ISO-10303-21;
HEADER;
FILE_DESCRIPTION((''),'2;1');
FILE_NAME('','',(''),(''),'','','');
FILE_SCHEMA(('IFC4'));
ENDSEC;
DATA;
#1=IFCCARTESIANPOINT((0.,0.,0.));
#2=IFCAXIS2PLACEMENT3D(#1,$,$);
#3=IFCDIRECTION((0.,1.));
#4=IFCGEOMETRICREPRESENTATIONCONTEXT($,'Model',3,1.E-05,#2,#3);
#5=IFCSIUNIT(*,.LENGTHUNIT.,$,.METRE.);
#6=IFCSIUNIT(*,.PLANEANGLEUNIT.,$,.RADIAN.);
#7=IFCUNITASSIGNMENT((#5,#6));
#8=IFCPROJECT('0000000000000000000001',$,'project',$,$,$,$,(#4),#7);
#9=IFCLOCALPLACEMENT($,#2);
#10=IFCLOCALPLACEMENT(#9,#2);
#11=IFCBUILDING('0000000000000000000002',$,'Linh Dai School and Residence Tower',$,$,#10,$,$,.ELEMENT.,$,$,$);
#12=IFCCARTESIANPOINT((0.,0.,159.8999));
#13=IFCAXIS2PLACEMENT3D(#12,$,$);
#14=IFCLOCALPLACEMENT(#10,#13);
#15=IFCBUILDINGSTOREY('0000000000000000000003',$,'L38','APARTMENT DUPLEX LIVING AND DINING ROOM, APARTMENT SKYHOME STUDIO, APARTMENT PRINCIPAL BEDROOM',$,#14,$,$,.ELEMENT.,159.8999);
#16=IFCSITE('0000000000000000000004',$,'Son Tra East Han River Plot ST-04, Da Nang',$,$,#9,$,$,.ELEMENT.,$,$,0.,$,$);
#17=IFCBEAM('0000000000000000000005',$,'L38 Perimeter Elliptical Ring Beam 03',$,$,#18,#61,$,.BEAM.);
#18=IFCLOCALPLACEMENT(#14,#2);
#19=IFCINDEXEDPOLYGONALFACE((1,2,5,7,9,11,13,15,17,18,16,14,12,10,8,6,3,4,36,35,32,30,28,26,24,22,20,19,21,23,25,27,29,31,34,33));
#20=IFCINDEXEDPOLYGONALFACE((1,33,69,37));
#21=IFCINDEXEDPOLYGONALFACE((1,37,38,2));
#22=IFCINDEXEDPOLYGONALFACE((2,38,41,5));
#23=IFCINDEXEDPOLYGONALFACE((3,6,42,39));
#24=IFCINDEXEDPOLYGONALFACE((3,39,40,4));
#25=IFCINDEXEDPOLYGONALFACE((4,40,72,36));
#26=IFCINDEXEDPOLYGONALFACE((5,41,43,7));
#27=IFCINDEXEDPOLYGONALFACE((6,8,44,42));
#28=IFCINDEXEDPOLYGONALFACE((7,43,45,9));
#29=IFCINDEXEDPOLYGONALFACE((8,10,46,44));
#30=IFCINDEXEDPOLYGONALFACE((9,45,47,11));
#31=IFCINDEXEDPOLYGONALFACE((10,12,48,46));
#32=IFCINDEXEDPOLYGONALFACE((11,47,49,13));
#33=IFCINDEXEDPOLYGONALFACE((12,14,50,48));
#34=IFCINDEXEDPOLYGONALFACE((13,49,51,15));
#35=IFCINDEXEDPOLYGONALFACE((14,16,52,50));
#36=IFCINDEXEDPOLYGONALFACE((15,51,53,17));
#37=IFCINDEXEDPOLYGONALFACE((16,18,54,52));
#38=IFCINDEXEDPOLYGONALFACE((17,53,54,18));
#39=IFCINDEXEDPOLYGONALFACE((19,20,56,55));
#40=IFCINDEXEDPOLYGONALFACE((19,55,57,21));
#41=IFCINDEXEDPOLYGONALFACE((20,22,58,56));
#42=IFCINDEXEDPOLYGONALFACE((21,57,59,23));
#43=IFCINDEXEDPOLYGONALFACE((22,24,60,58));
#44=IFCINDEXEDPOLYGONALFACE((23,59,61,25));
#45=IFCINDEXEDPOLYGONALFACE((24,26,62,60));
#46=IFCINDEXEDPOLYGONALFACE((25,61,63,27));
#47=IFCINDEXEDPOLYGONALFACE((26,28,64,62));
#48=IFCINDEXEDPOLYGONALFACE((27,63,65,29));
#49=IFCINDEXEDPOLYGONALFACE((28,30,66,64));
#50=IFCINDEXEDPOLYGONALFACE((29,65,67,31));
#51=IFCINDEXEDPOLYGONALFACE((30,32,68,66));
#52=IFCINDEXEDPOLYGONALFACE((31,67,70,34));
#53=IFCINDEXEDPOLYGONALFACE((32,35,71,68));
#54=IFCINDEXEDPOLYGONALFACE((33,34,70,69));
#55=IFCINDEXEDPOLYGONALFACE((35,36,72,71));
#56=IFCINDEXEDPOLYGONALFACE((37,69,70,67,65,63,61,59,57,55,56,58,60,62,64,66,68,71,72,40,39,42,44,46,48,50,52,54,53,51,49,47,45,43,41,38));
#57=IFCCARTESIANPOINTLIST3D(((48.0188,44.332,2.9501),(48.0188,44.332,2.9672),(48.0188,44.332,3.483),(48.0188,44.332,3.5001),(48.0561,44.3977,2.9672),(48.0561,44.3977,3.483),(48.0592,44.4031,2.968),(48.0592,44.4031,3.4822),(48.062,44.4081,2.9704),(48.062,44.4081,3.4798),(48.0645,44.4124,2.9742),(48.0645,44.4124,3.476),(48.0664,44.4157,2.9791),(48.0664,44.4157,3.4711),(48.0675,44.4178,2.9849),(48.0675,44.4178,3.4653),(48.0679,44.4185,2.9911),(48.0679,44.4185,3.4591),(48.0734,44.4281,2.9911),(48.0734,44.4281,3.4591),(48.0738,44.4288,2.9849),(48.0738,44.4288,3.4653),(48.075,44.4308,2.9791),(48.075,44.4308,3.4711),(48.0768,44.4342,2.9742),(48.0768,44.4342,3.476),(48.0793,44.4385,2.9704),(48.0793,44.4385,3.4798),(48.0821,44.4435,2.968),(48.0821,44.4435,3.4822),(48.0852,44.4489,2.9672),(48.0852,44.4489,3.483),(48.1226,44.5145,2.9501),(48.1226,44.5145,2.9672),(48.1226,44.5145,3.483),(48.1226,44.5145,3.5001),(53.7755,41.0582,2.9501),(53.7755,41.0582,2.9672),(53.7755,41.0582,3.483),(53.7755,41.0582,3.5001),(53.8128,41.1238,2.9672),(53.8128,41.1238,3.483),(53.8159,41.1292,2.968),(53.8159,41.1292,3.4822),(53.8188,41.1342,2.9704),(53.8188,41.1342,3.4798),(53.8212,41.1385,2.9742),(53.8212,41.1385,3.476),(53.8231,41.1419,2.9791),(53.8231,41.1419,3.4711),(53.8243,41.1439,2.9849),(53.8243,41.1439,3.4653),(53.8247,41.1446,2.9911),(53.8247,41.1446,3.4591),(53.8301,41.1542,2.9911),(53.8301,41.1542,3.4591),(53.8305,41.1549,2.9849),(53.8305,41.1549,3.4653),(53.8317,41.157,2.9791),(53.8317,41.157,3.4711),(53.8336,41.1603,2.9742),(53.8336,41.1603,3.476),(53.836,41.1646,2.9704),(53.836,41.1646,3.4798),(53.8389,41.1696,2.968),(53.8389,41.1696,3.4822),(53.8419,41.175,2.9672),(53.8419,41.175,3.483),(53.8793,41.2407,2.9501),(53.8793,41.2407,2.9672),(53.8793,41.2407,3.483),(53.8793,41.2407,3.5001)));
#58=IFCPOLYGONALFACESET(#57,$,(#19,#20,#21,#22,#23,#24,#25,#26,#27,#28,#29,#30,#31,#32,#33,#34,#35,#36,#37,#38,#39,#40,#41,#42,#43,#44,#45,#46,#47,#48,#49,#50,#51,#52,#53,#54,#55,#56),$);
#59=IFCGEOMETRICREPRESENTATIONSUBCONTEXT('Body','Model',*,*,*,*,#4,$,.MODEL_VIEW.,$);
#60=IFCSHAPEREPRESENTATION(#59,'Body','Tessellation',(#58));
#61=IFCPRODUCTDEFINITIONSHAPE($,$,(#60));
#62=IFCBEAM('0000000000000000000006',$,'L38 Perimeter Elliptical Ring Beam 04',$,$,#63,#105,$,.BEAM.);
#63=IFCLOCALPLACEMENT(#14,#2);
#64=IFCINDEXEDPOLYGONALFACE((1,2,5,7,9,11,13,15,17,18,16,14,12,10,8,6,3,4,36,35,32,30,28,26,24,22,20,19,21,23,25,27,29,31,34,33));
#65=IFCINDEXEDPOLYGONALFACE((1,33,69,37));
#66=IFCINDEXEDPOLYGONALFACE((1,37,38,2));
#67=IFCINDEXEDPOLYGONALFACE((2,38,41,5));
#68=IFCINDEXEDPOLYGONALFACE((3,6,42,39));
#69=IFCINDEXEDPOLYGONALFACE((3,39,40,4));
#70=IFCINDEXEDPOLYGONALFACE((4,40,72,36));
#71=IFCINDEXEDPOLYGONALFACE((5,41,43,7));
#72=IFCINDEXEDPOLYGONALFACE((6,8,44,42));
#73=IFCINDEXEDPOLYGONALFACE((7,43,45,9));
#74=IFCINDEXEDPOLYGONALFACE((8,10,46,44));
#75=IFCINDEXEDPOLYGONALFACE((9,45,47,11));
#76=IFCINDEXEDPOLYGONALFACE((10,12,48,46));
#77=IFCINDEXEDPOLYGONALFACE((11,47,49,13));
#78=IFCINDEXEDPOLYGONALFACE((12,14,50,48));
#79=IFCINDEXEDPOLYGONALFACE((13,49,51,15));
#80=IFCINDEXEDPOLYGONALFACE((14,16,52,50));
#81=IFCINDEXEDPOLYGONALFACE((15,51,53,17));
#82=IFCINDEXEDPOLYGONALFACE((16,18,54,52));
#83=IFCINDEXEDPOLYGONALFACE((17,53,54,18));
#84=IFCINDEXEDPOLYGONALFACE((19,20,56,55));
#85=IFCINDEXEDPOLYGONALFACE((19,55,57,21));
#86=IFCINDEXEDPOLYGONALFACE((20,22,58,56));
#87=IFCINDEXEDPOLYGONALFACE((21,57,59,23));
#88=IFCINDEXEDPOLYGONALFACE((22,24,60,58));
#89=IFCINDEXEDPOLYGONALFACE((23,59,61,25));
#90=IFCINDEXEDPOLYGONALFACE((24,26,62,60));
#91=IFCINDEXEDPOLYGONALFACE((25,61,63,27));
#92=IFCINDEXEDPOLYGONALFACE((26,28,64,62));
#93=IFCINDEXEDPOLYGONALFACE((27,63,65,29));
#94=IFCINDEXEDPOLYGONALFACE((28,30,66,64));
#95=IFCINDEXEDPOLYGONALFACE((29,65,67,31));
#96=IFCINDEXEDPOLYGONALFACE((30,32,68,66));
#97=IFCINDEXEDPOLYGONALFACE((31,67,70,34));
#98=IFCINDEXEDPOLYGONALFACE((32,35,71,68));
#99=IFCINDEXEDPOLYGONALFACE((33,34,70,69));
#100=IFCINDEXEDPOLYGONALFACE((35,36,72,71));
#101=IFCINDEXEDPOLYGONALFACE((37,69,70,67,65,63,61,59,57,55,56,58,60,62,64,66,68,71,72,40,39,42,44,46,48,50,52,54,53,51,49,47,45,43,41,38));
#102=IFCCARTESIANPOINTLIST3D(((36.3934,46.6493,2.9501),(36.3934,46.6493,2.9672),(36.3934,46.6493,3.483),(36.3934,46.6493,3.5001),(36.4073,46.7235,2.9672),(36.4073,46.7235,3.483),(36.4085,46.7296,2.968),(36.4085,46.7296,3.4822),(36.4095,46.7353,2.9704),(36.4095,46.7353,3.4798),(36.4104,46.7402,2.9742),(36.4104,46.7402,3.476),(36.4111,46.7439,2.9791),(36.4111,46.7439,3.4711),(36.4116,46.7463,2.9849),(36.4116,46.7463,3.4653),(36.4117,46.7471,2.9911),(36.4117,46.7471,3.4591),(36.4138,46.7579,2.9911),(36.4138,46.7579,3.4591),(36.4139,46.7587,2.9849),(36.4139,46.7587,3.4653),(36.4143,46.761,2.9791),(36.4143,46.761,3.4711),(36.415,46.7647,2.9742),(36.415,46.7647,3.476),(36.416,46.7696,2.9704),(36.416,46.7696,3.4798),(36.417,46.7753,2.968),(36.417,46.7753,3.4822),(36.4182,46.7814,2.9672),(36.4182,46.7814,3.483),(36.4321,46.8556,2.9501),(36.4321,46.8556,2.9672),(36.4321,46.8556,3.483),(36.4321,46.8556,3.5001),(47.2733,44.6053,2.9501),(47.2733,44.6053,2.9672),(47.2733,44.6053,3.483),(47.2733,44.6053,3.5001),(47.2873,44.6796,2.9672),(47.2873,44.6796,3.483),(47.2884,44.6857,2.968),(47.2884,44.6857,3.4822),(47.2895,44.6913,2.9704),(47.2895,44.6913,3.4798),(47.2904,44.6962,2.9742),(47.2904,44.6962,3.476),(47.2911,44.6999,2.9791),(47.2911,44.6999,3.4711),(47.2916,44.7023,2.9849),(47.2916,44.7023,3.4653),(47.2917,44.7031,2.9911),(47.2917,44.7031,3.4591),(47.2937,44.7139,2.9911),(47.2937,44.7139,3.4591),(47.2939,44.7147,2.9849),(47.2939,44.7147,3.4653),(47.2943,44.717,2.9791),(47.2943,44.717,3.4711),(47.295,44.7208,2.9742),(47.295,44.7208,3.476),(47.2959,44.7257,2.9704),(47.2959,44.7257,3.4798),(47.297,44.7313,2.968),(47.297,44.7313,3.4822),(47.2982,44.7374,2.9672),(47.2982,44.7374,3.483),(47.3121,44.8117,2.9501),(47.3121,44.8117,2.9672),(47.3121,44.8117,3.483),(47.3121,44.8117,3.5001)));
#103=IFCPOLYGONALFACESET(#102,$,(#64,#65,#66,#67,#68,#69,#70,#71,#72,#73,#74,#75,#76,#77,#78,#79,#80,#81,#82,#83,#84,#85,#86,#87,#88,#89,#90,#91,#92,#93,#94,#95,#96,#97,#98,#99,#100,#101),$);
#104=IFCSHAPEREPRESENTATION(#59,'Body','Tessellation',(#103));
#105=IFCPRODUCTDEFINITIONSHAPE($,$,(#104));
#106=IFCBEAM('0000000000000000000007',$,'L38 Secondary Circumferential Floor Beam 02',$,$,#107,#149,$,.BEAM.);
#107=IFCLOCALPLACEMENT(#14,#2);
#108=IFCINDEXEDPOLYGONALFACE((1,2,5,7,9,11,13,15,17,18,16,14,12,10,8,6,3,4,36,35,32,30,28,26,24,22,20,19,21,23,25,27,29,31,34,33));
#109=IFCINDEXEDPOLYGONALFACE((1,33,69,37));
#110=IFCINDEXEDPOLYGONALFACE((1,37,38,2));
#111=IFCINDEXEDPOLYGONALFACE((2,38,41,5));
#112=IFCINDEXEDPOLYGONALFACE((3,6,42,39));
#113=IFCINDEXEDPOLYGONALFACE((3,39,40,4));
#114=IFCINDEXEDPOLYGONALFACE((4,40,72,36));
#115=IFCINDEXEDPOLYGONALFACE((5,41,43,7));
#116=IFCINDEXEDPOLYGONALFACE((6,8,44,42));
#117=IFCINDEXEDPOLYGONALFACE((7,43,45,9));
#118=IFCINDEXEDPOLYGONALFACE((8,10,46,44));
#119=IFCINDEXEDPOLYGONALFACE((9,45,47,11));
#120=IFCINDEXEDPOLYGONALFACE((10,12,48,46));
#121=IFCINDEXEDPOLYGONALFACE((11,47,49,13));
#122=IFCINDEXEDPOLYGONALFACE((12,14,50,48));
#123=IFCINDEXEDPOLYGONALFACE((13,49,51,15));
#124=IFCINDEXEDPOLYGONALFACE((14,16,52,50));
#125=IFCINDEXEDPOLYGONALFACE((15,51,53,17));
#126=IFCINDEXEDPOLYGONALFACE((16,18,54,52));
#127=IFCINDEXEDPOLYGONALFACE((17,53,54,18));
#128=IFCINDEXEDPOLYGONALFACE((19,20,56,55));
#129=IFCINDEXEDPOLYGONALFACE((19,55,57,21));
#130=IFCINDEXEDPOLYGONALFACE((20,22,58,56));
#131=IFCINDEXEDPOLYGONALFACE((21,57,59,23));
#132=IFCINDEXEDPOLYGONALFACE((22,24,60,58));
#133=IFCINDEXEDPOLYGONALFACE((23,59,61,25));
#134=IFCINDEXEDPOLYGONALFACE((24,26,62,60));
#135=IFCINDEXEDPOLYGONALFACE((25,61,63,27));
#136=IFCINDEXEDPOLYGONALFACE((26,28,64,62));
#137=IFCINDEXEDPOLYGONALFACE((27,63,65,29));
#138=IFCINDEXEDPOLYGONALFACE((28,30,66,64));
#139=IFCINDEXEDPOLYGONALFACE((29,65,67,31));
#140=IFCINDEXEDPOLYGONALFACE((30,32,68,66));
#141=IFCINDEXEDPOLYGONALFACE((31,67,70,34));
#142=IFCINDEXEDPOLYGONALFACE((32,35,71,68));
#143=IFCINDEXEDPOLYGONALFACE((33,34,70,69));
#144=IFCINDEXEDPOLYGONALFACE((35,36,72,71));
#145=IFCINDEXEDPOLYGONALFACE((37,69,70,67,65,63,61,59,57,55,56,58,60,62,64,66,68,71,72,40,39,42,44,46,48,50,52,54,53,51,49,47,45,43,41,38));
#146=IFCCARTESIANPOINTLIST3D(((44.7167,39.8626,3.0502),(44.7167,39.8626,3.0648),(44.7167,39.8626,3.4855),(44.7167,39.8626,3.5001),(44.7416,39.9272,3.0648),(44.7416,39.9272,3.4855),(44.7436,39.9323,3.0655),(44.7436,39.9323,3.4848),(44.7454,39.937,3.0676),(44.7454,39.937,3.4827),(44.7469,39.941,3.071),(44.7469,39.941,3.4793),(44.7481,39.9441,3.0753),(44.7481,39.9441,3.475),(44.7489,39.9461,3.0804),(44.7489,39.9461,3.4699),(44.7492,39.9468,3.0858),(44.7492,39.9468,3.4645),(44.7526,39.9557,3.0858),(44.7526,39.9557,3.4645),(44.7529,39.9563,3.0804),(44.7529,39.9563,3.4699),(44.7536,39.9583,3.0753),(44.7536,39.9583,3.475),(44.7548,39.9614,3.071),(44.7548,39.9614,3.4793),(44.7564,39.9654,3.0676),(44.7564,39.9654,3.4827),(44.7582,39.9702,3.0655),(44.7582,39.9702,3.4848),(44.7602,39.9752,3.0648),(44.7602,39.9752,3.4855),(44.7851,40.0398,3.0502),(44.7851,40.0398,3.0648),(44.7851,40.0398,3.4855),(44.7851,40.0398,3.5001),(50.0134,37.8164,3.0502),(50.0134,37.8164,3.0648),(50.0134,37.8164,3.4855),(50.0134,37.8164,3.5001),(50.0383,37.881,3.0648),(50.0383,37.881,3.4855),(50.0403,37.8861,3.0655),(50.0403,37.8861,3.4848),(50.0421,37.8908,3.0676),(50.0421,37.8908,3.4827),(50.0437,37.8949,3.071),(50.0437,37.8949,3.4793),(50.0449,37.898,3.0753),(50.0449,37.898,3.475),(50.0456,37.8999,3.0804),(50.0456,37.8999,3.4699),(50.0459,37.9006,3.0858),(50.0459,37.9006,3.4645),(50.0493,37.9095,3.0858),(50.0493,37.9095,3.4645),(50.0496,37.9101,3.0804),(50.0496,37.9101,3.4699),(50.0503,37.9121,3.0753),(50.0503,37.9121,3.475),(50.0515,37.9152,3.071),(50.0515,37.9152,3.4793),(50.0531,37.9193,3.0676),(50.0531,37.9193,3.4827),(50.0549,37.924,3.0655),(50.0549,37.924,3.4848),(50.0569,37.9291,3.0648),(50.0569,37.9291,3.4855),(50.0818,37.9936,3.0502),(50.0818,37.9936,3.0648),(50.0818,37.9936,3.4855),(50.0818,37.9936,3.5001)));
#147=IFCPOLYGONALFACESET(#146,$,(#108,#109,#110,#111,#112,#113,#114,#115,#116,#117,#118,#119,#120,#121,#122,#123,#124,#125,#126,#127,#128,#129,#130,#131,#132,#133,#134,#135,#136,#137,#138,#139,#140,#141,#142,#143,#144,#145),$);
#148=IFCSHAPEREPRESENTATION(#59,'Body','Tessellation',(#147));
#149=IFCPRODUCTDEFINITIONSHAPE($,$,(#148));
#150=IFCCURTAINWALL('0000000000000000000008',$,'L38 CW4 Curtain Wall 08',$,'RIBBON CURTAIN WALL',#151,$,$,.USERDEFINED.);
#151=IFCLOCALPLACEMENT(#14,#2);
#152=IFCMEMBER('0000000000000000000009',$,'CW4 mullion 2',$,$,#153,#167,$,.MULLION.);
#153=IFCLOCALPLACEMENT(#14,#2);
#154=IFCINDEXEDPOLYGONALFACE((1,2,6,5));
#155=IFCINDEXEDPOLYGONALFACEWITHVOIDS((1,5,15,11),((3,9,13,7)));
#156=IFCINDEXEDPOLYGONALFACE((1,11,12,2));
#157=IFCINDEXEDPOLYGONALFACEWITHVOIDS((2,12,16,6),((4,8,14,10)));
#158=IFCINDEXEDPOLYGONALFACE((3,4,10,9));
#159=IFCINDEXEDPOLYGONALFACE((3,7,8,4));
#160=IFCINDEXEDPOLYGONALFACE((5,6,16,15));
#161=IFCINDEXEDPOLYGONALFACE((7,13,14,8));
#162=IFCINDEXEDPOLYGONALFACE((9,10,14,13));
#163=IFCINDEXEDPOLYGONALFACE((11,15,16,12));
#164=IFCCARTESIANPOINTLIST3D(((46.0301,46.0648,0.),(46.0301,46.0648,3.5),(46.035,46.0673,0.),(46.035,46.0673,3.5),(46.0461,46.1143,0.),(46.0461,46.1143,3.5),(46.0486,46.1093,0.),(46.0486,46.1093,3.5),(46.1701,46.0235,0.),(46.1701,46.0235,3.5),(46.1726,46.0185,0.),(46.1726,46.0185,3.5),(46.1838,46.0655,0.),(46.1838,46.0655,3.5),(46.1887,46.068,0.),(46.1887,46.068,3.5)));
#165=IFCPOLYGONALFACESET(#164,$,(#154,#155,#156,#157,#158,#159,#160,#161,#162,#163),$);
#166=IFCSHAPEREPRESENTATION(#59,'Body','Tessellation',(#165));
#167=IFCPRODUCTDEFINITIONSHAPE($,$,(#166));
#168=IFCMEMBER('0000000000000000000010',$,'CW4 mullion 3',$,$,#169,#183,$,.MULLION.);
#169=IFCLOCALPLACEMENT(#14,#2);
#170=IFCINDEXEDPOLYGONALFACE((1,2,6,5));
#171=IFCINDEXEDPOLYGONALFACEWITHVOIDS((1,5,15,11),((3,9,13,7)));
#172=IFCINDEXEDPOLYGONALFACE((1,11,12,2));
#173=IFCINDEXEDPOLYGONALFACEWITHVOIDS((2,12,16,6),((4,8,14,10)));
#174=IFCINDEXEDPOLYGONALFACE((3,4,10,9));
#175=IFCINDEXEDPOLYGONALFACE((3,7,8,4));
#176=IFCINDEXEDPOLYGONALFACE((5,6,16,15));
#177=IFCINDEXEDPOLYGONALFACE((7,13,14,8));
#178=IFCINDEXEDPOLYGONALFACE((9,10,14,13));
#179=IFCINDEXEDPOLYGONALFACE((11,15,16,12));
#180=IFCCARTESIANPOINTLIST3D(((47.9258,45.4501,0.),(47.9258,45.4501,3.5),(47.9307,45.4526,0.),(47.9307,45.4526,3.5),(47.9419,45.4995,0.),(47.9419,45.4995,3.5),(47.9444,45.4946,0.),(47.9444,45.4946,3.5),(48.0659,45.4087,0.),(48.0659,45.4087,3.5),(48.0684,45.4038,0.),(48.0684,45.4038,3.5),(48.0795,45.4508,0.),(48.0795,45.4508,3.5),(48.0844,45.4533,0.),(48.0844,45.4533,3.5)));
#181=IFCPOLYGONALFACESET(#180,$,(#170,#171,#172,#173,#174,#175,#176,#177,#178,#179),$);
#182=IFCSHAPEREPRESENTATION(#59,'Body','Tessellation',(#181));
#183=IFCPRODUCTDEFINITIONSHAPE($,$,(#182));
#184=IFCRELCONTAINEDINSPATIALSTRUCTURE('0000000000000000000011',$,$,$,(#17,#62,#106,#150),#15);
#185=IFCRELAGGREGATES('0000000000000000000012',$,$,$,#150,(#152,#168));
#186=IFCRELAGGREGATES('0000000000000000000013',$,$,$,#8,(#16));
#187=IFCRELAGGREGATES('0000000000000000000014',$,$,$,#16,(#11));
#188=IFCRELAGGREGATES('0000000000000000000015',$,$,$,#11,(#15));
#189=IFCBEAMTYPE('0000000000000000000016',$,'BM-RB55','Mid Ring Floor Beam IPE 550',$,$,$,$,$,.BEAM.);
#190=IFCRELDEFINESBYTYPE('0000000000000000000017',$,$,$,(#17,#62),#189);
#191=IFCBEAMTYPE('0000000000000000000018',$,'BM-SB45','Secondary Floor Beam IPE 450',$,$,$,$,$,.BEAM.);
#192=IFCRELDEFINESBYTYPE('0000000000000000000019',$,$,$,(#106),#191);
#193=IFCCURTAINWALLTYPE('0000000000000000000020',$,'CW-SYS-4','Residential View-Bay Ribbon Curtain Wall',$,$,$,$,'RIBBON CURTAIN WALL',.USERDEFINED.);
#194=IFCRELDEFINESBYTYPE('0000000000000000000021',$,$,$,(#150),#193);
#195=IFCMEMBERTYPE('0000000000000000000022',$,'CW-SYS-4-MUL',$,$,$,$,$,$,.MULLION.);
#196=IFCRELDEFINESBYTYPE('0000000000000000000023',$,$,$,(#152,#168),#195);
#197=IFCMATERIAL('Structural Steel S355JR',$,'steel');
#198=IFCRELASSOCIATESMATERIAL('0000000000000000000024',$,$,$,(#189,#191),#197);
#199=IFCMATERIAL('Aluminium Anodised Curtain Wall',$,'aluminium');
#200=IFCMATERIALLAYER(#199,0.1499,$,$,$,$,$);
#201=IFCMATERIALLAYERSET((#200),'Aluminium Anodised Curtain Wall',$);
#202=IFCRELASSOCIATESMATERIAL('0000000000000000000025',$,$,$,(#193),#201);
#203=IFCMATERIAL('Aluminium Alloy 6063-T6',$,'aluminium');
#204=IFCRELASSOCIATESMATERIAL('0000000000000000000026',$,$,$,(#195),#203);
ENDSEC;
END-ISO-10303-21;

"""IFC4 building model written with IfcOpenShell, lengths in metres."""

from ifc_helpers import new_model, si_unit, direction, frame, origin, origin_2d, place, context, subcontext, project, spatial, hollow_rectangle, i_section, extrude, source, transform, mapped, material, layer, layer_set, material_profile, profile_set, type_object, element, aggregate, save


model = new_model("IFC4")

# Units and contexts
model_context = context("Model", 3, precision=1e-05, world=origin(), true_north=direction((0.0, 1.0)))
body_context = subcontext(model_context, "Body", "Model", "MODEL_VIEW")
ifc_project = project(units=[si_unit("LENGTHUNIT", "METRE"), si_unit("PLANEANGLEUNIT", "RADIAN")], contexts=[model_context])

# Site, building, storey
site_placement = place(None, origin())
site = spatial("IfcSite", under=ifc_project, at=site_placement, Name="Son Tra East Han River Plot ST-04, Da Nang", CompositionType="ELEMENT", RefElevation=0.0)
building_placement = place(site_placement, origin())
building = spatial("IfcBuilding", under=site, at=building_placement, Name="Linh Dai School and Residence Tower", CompositionType="ELEMENT")
storey_placement = place(building_placement, frame((0.0, 0.0, 159.8999)))
storey = spatial("IfcBuildingStorey", under=building, at=storey_placement, Name="L38", Description="APARTMENT DUPLEX LIVING AND DINING ROOM, APARTMENT SKYHOME STUDIO, APARTMENT PRINCIPAL BEDROOM", CompositionType="ELEMENT", Elevation=159.8999)

# Shared definitions
ifc_material_1 = material(Name="Structural Steel S355JR", Category="steel")

# Beams
ifc_material_profile_1 = material_profile(ifc_material_1, i_section(OverallWidth=0.21, OverallDepth=0.55, WebThickness=0.011, FlangeThickness=0.0171, FilletRadius=0.0239, at=origin_2d()), Name="IPE 550")
ifc_profile_set_1 = profile_set([ifc_material_profile_1], Name="Structural Steel S355JR")
beam_type_1 = type_object("IfcBeamType", Name="BM-RB55", Description="Mid Ring Floor Beam IPE 550", PredefinedType="BEAM", material=ifc_profile_set_1)
beam_1_placement = place(storey_placement, frame((53.8274, 41.1494, 3.2251), z_axis=(-0.869262, 0.494351, 0.0), x_axis=(-0.494351, -0.869262, 0.0)))
element("IfcBeam", 1, at=beam_1_placement, inside=storey, type_object=beam_type_1, Name="L38 Perimeter Elliptical Ring Beam 03", PredefinedType="BEAM", context=body_context, shape_type="SweptSolid", body=[
    extrude(i_section(OverallWidth=0.21, OverallDepth=0.55, WebThickness=0.011, FlangeThickness=0.0171, FilletRadius=0.0239, at=origin_2d()), origin(), (0.0, 0.0, 1.0), 6.6226),
])
beam_2_placement = place(storey_placement, frame((47.2927, 44.7085, 3.2251), z_axis=(-0.982807, 0.184635, 0.0), x_axis=(-0.184635, -0.982807, 0.0)))
element("IfcBeam", 2, at=beam_2_placement, inside=storey, type_object=beam_type_1, Name="L38 Perimeter Elliptical Ring Beam 04", PredefinedType="BEAM", context=body_context, shape_type="SweptSolid", body=[
    extrude(i_section(OverallWidth=0.21, OverallDepth=0.55, WebThickness=0.011, FlangeThickness=0.0171, FilletRadius=0.0239, at=origin_2d()), origin(), (0.0, 0.0, 1.0), 11.0703),
])
ifc_material_profile_2 = material_profile(ifc_material_1, i_section(OverallWidth=0.1899, OverallDepth=0.45, WebThickness=0.0095, FlangeThickness=0.0146, FilletRadius=0.021, at=origin_2d()), Name="IPE 450")
ifc_profile_set_2 = profile_set([ifc_material_profile_2], Name="Structural Steel S355JR")
beam_type_2 = type_object("IfcBeamType", Name="BM-SB45", Description="Secondary Floor Beam IPE 450", PredefinedType="BEAM", material=ifc_profile_set_2)
beam_3_placement = place(storey_placement, frame((50.0476, 37.905, 3.2751), z_axis=(-0.932815, 0.360356, 0.0), x_axis=(-0.360356, -0.932815, 0.0)))
element("IfcBeam", 3, at=beam_3_placement, inside=storey, type_object=beam_type_2, Name="L38 Secondary Circumferential Floor Beam 02", PredefinedType="BEAM", context=body_context, shape_type="SweptSolid", body=[
    extrude(i_section(OverallWidth=0.1899, OverallDepth=0.45, WebThickness=0.0095, FlangeThickness=0.0146, FilletRadius=0.021, at=origin_2d()), origin(), (0.0, 0.0, 1.0), 5.6782),
])

# Curtain wall, members
ifc_material_2 = material(Name="Aluminium Anodised Curtain Wall", Category="aluminium")
ifc_layer_1 = layer(ifc_material_2, 0.1499)
ifc_layer_set_1 = layer_set([ifc_layer_1], Name="Aluminium Anodised Curtain Wall")
curtain_wall_type = type_object("IfcCurtainWallType", Name="CW-SYS-4", Description="Residential View-Bay Ribbon Curtain Wall", ElementType="RIBBON CURTAIN WALL", PredefinedType="USERDEFINED", material=ifc_layer_set_1)
curtain_wall_placement = place(storey_placement, origin())
curtain_wall = element("IfcCurtainWall", 4, at=curtain_wall_placement, inside=storey, type_object=curtain_wall_type, Name="L38 CW4 Curtain Wall 08", ObjectType="RIBBON CURTAIN WALL", PredefinedType="USERDEFINED")
ifc_material_3 = material(Name="Aluminium Alloy 6063-T6", Category="aluminium")
ifc_material_profile_3 = material_profile(ifc_material_3, hollow_rectangle(XDim=0.052, YDim=0.1499, WallThickness=0.0039, at=origin_2d()), Name="RHS 150x52x4")
ifc_profile_set_3 = profile_set([ifc_material_profile_3], Name="Aluminium Alloy 6063-T6")
member_type_1 = type_object("IfcMemberType", Name="CW-SYS-4-MUL", PredefinedType="MULLION", material=ifc_profile_set_3)
shared_shape_1 = source(origin(), body_context, "Body", "SweptSolid", [
    extrude(hollow_rectangle(XDim=0.052, YDim=0.1499, WallThickness=0.0039, at=origin_2d()), origin(), (0.0, 0.0, 1.0), 3.5),
])
member_1_placement = place(storey_placement, frame((46.1094, 46.0664, 0.0), z_axis=(0.0, 0.0, 1.0), x_axis=(0.308536, 0.951213, 0.0)))
member_1 = element("IfcMember", 5, at=member_1_placement, type_object=member_type_1, Name="CW4 mullion 2", PredefinedType="MULLION", context=body_context, shape_type="MappedRepresentation", body=[
    mapped(shared_shape_1, transform((0.0, 0.0, 0.0), x_axis=(1.0, 0.0, 0.0), y_axis=(0.0, 1.0, 0.0), z_axis=(0.0, 0.0, 1.0), scale=1.0)),
])
member_2_placement = place(storey_placement, frame((48.0051, 45.4517, 0.0), z_axis=(0.0, 0.0, 1.0), x_axis=(0.308536, 0.951213, 0.0)))
member_2 = element("IfcMember", 6, at=member_2_placement, type_object=member_type_1, Name="CW4 mullion 3", PredefinedType="MULLION", context=body_context, shape_type="MappedRepresentation", body=[
    mapped(shared_shape_1, transform((0.0, 0.0, 0.0), x_axis=(1.0, 0.0, 0.0), y_axis=(0.0, 1.0, 0.0), z_axis=(0.0, 0.0, 1.0), scale=1.0)),
])

aggregate(curtain_wall, [member_1, member_2])

save(model, "model.ifc")
